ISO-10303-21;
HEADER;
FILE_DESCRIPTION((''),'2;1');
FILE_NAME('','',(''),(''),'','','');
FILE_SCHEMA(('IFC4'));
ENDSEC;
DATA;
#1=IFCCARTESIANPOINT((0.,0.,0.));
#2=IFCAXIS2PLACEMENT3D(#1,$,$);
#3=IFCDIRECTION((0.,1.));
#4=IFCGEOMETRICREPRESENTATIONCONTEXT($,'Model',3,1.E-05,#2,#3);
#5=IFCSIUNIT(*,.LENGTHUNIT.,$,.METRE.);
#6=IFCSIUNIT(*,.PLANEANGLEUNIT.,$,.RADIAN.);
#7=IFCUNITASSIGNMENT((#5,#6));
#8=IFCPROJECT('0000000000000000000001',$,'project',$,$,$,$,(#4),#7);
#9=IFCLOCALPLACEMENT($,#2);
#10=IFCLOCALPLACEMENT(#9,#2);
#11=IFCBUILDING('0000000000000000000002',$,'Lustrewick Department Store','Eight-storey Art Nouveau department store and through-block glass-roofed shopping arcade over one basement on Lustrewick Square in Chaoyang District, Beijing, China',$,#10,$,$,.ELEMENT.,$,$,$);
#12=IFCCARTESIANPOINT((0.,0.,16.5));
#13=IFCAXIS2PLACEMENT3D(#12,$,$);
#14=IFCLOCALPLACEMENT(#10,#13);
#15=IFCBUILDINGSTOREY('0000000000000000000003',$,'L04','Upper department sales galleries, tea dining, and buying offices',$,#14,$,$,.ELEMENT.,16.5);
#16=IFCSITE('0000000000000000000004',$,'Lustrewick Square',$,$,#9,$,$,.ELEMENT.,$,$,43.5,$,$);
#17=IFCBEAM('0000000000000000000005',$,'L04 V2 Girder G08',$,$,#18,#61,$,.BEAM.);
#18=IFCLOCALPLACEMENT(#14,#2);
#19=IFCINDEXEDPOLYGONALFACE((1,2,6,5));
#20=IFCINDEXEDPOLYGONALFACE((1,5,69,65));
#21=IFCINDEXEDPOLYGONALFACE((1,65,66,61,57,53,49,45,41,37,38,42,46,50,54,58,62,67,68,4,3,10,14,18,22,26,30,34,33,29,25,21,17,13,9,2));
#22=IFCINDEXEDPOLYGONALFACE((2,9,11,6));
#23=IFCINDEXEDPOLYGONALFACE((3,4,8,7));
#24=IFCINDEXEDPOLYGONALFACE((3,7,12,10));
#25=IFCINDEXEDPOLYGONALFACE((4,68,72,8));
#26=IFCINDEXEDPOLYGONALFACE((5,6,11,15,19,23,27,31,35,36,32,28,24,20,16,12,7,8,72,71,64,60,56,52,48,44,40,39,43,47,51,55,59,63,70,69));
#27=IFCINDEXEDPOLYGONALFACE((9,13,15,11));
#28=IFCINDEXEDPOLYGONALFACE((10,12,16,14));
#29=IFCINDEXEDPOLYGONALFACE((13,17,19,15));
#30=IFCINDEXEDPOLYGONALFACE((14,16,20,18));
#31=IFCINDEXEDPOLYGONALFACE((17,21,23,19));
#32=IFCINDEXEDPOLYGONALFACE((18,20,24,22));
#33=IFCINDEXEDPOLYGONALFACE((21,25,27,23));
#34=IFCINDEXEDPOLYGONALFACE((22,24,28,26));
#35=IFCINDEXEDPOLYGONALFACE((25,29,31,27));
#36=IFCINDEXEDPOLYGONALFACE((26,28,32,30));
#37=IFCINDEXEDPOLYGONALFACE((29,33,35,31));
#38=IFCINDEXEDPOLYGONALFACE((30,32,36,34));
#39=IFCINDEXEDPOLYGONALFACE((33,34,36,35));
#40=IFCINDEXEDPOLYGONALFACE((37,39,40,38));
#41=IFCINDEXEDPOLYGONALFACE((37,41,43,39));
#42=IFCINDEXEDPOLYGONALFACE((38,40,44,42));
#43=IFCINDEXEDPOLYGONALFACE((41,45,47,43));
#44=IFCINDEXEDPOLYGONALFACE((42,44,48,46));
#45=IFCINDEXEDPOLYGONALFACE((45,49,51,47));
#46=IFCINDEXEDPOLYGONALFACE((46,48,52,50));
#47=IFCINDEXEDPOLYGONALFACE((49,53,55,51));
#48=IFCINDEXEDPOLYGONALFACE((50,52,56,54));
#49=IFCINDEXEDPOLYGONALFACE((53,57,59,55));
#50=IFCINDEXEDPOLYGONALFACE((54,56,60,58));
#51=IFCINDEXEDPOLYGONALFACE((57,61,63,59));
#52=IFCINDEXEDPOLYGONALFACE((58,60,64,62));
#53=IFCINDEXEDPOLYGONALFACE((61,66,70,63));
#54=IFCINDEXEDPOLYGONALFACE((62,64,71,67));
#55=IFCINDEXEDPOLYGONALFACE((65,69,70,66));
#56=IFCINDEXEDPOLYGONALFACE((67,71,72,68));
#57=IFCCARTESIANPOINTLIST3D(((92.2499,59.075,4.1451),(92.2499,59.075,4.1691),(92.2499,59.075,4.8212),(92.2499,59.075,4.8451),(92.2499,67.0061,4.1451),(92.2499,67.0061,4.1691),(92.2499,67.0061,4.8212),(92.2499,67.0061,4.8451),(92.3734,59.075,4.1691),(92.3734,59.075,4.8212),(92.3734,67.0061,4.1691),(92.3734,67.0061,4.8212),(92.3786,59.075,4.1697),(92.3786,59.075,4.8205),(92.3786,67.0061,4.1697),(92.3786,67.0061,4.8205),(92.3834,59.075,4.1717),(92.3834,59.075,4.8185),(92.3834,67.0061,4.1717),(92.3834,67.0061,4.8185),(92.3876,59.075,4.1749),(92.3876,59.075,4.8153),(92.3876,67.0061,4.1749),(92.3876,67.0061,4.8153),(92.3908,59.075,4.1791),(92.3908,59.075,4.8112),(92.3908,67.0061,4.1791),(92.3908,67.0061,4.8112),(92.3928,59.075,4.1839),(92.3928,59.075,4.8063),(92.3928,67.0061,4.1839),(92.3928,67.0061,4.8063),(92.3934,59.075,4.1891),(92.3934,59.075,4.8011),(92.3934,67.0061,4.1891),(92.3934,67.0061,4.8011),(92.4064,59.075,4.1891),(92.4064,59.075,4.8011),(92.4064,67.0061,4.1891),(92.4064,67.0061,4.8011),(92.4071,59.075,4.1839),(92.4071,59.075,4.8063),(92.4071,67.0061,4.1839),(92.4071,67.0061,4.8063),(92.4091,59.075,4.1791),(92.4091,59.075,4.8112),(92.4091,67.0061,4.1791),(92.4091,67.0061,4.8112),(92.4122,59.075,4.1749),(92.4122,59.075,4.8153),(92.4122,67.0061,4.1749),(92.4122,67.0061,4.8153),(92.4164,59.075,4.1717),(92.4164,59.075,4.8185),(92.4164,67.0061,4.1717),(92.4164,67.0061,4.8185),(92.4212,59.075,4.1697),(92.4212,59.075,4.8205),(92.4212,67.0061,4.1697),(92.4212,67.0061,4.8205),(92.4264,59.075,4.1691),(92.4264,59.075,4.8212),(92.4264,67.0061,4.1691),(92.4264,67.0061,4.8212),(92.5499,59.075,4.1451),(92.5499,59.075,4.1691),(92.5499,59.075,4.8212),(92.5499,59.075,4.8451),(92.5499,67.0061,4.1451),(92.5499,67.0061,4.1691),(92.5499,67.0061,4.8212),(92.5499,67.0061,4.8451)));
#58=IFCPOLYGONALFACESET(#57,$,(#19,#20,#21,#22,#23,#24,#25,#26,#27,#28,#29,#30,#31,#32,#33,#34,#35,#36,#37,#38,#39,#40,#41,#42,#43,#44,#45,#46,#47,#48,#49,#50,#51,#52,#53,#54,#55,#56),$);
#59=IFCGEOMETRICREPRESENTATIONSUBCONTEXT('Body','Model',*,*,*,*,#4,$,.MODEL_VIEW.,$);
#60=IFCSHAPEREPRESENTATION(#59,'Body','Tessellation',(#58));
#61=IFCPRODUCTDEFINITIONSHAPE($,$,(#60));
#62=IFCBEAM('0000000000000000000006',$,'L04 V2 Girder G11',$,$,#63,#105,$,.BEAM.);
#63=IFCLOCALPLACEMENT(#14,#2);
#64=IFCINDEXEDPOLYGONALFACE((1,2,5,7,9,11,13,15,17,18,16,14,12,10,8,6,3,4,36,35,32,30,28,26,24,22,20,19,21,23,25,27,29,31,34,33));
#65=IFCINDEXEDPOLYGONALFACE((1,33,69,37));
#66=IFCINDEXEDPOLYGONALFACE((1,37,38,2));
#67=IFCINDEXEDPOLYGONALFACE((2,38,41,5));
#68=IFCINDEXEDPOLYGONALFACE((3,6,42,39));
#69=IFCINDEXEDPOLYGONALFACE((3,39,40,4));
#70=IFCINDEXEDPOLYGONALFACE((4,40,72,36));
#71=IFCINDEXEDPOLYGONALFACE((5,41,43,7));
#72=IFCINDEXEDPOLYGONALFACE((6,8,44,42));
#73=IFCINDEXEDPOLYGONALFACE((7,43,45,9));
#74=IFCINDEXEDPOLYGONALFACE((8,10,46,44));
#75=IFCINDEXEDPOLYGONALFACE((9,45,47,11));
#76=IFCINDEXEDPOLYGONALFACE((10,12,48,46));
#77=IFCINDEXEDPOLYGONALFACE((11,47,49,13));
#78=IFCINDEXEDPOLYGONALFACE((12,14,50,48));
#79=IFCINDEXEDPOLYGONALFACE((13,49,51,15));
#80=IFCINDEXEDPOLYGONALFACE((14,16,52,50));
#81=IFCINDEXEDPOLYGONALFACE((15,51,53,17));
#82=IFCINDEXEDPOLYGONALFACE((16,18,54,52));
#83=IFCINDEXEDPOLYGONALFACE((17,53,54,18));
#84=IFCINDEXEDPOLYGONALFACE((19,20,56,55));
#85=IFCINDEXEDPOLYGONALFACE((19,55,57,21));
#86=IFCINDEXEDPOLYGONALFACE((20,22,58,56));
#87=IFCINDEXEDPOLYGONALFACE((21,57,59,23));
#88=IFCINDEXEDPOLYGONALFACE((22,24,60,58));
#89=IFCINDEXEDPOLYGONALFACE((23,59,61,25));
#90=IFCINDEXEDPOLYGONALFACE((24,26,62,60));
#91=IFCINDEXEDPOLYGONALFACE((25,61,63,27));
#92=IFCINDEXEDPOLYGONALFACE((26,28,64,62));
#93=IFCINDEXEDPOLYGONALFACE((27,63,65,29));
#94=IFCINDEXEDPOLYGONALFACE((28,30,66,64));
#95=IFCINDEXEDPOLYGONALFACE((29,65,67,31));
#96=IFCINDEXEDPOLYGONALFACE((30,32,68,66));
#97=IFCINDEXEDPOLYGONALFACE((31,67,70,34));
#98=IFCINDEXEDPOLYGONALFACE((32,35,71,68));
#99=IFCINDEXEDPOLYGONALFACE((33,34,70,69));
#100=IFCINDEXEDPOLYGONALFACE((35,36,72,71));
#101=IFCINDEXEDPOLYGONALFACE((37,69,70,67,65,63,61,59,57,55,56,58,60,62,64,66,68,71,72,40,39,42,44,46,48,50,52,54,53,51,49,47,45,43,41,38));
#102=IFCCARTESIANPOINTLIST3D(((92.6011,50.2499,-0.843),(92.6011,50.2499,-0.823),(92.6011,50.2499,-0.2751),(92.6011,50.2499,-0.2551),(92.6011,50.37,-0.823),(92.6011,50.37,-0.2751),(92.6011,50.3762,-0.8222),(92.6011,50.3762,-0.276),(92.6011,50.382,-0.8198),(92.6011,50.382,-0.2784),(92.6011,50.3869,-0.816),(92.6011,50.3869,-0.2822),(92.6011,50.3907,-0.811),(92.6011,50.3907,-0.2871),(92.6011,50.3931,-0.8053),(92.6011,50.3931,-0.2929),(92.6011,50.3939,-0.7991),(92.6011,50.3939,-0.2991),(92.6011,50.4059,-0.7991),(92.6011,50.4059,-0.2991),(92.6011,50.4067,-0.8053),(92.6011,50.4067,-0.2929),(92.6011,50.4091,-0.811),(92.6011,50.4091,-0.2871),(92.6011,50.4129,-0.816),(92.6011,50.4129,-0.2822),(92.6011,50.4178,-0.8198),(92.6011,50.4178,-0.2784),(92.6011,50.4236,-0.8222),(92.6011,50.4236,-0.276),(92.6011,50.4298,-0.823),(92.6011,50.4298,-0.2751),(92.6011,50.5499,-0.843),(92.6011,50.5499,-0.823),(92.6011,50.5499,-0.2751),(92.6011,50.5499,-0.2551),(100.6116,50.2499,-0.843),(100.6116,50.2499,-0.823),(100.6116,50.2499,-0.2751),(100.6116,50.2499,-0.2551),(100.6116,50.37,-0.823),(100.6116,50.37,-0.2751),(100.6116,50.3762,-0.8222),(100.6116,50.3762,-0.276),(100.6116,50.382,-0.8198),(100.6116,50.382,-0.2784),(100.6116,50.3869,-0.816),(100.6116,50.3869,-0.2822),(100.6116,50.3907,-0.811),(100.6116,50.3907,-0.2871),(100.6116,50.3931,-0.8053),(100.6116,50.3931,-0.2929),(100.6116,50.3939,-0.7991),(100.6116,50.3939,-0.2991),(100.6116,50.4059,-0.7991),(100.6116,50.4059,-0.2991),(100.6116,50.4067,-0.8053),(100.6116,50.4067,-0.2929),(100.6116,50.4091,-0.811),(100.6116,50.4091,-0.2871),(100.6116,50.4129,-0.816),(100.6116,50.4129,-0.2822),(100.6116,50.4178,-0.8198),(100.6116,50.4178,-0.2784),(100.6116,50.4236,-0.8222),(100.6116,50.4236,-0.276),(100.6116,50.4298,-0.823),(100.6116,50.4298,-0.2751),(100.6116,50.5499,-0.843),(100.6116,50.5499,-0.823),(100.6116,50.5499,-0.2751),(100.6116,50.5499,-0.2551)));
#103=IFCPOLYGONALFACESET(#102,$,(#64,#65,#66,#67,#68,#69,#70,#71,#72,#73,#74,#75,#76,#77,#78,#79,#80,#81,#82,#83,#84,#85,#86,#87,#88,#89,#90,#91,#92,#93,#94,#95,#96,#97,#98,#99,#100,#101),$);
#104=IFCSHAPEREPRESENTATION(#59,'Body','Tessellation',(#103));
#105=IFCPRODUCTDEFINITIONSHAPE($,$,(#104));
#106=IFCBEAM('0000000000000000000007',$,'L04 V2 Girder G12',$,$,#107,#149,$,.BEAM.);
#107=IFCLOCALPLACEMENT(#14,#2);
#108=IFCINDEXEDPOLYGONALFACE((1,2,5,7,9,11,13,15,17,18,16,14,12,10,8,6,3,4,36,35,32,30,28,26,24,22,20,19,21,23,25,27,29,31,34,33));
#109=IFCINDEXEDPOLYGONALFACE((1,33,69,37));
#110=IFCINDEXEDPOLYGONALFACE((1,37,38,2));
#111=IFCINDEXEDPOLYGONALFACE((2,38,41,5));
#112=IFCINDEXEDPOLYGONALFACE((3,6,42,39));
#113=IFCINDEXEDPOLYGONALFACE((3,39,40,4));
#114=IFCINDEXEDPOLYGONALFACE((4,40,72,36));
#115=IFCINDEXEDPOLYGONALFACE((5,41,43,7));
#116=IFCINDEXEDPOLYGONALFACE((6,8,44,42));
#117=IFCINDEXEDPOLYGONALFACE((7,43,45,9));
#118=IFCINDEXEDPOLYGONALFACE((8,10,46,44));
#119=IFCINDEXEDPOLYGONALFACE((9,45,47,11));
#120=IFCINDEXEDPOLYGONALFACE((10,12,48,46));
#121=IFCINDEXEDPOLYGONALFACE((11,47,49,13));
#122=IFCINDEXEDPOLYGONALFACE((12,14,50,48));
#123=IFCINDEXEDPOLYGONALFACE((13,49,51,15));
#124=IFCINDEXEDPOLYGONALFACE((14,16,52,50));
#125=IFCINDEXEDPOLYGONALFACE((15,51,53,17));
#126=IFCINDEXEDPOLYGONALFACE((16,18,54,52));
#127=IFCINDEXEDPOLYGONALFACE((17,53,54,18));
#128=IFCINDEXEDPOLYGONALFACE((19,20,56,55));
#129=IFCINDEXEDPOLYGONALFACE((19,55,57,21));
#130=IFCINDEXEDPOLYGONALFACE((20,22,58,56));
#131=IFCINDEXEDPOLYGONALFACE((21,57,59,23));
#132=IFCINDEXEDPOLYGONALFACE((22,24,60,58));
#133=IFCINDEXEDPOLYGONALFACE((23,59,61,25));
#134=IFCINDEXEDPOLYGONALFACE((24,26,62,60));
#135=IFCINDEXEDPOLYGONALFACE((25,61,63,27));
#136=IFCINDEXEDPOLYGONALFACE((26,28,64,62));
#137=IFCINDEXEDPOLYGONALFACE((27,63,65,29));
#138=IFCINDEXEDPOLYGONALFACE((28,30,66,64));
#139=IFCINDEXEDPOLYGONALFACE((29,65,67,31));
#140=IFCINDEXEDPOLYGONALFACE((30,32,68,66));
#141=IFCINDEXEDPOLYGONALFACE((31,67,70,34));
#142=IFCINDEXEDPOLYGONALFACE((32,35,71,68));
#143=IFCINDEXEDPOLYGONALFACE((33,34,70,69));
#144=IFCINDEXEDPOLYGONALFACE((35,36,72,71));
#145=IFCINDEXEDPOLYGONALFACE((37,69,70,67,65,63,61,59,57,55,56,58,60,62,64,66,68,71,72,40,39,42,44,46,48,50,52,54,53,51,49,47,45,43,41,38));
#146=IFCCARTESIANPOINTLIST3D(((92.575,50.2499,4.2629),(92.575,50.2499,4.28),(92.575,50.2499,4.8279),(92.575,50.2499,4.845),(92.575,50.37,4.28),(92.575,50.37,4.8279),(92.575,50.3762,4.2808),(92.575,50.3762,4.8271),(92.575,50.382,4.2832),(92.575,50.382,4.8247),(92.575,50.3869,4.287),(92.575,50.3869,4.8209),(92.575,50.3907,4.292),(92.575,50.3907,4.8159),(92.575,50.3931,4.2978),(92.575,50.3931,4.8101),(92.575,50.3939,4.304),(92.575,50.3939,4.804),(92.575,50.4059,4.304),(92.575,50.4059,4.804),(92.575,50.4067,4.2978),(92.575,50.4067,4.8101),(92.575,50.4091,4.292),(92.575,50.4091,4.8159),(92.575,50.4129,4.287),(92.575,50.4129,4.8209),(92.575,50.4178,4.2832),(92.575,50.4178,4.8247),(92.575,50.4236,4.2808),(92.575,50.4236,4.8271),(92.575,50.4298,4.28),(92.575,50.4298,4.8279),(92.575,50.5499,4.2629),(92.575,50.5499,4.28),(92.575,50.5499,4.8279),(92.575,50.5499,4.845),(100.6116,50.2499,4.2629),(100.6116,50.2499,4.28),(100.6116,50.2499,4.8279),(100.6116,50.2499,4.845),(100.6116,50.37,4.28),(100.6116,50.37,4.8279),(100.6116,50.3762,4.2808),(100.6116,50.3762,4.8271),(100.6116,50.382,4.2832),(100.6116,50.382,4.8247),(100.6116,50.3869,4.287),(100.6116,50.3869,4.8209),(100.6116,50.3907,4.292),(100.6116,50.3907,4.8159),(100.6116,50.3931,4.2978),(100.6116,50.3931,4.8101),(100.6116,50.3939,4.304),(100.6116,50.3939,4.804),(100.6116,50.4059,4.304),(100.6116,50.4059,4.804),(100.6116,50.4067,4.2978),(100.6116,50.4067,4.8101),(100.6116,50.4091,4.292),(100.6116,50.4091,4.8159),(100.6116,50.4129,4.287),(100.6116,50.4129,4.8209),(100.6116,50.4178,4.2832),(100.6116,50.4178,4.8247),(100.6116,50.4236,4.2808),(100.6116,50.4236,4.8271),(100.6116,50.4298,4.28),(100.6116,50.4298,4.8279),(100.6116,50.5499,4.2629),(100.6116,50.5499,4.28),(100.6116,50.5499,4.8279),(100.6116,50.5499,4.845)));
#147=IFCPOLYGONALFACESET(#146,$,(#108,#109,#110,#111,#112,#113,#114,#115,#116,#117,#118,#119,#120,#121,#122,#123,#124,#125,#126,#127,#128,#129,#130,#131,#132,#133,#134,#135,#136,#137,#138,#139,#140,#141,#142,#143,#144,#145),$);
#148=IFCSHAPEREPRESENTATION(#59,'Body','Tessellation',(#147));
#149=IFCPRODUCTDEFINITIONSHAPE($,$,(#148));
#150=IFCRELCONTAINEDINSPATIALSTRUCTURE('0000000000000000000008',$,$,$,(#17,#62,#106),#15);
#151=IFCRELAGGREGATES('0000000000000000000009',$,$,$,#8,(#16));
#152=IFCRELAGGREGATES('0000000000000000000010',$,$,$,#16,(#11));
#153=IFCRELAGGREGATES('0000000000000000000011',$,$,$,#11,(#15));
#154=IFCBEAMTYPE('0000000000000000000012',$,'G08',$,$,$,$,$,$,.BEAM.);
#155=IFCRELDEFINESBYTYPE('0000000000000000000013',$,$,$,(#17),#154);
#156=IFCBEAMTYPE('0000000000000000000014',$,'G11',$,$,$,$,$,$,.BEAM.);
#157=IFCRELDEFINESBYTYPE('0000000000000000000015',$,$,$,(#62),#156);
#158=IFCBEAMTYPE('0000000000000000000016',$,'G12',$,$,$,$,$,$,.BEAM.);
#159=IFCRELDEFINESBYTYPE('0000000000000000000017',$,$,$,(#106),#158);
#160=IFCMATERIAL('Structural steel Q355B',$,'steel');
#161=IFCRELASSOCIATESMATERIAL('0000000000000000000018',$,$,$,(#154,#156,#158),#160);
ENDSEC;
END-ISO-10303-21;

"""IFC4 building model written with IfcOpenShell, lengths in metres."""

from ifc_helpers import new_model, si_unit, direction, frame, origin, origin_2d, place, context, subcontext, project, spatial, i_section, extrude, material, material_profile, profile_set, type_object, element, save


model = new_model("IFC4")

# Units and contexts
model_context = context("Model", 3, precision=1e-05, world=origin(), true_north=direction((0.0, 1.0)))
body_context = subcontext(model_context, "Body", "Model", "MODEL_VIEW")
ifc_project = project(units=[si_unit("LENGTHUNIT", "METRE"), si_unit("PLANEANGLEUNIT", "RADIAN")], contexts=[model_context])

# Site, building, storey
site_placement = place(None, origin())
site = spatial("IfcSite", under=ifc_project, at=site_placement, Name="Lustrewick Square", CompositionType="ELEMENT", RefElevation=43.5)
building_placement = place(site_placement, origin())
building = spatial("IfcBuilding", under=site, at=building_placement, Name="Lustrewick Department Store", Description="Eight-storey Art Nouveau department store and through-block glass-roofed shopping arcade over one basement on Lustrewick Square in Chaoyang District, Beijing, China", CompositionType="ELEMENT")
storey_placement = place(building_placement, frame((0.0, 0.0, 16.5)))
storey = spatial("IfcBuildingStorey", under=building, at=storey_placement, Name="L04", Description="Upper department sales galleries, tea dining, and buying offices", CompositionType="ELEMENT", Elevation=16.5)

# Shared definitions
ifc_material_1 = material(Name="Structural steel Q355B", Category="steel")

# Beams
ifc_material_profile_1 = material_profile(ifc_material_1, i_section(OverallWidth=0.3, OverallDepth=0.7, WebThickness=0.0129, FlangeThickness=0.0239, FilletRadius=0.02, at=origin_2d()), Name="HN 700x300x13x24")
ifc_profile_set_1 = profile_set([ifc_material_profile_1], Name="Structural steel Q355B")
beam_type_1 = type_object("IfcBeamType", Name="G08", PredefinedType="BEAM", material=ifc_profile_set_1)
beam_1_placement = place(storey_placement, frame((92.3999, 59.075, 4.4951), z_axis=(0.0, 1.0, 0.0), x_axis=(-1.0, 0.0, 0.0)))
element("IfcBeam", 1, at=beam_1_placement, inside=storey, type_object=beam_type_1, Name="L04 V2 Girder G08", PredefinedType="BEAM", context=body_context, shape_type="SweptSolid", body=[
    extrude(i_section(OverallWidth=0.3, OverallDepth=0.7, WebThickness=0.0129, FlangeThickness=0.0239, FilletRadius=0.02, at=origin_2d()), origin(), (0.0, 0.0, 1.0), 7.9312),
])
ifc_material_profile_2 = material_profile(ifc_material_1, i_section(OverallWidth=0.3, OverallDepth=0.5879, WebThickness=0.012, FlangeThickness=0.02, FilletRadius=0.0239, at=origin_2d()), Name="HM 588x300x12x20")
ifc_profile_set_2 = profile_set([ifc_material_profile_2], Name="Structural steel Q355B")
beam_type_2 = type_object("IfcBeamType", Name="G11", PredefinedType="BEAM", material=ifc_profile_set_2)
beam_2_placement = place(storey_placement, frame((92.6011, 50.3999, -0.5491), z_axis=(1.0, 0.0, 0.0), x_axis=(0.0, 1.0, 0.0)))
element("IfcBeam", 2, at=beam_2_placement, inside=storey, type_object=beam_type_2, Name="L04 V2 Girder G11", PredefinedType="BEAM", context=body_context, shape_type="SweptSolid", body=[
    extrude(i_section(OverallWidth=0.3, OverallDepth=0.5879, WebThickness=0.012, FlangeThickness=0.02, FilletRadius=0.0239, at=origin_2d()), origin(), (0.0, 0.0, 1.0), 8.0105),
])
ifc_material_profile_3 = material_profile(ifc_material_1, i_section(OverallWidth=0.3, OverallDepth=0.582, WebThickness=0.012, FlangeThickness=0.0171, FilletRadius=0.0239, at=origin_2d()), Name="HM 582x300x12x17")
ifc_profile_set_3 = profile_set([ifc_material_profile_3], Name="Structural steel Q355B")
beam_type_3 = type_object("IfcBeamType", Name="G12", PredefinedType="BEAM", material=ifc_profile_set_3)
beam_3_placement = place(storey_placement, frame((92.575, 50.3999, 4.554), z_axis=(1.0, 0.0, 0.0), x_axis=(0.0, 1.0, 0.0)))
element("IfcBeam", 3, at=beam_3_placement, inside=storey, type_object=beam_type_3, Name="L04 V2 Girder G12", PredefinedType="BEAM", context=body_context, shape_type="SweptSolid", body=[
    extrude(i_section(OverallWidth=0.3, OverallDepth=0.582, WebThickness=0.012, FlangeThickness=0.0171, FilletRadius=0.0239, at=origin_2d()), origin(), (0.0, 0.0, 1.0), 8.0366),
])

save(model, "model.ifc")
